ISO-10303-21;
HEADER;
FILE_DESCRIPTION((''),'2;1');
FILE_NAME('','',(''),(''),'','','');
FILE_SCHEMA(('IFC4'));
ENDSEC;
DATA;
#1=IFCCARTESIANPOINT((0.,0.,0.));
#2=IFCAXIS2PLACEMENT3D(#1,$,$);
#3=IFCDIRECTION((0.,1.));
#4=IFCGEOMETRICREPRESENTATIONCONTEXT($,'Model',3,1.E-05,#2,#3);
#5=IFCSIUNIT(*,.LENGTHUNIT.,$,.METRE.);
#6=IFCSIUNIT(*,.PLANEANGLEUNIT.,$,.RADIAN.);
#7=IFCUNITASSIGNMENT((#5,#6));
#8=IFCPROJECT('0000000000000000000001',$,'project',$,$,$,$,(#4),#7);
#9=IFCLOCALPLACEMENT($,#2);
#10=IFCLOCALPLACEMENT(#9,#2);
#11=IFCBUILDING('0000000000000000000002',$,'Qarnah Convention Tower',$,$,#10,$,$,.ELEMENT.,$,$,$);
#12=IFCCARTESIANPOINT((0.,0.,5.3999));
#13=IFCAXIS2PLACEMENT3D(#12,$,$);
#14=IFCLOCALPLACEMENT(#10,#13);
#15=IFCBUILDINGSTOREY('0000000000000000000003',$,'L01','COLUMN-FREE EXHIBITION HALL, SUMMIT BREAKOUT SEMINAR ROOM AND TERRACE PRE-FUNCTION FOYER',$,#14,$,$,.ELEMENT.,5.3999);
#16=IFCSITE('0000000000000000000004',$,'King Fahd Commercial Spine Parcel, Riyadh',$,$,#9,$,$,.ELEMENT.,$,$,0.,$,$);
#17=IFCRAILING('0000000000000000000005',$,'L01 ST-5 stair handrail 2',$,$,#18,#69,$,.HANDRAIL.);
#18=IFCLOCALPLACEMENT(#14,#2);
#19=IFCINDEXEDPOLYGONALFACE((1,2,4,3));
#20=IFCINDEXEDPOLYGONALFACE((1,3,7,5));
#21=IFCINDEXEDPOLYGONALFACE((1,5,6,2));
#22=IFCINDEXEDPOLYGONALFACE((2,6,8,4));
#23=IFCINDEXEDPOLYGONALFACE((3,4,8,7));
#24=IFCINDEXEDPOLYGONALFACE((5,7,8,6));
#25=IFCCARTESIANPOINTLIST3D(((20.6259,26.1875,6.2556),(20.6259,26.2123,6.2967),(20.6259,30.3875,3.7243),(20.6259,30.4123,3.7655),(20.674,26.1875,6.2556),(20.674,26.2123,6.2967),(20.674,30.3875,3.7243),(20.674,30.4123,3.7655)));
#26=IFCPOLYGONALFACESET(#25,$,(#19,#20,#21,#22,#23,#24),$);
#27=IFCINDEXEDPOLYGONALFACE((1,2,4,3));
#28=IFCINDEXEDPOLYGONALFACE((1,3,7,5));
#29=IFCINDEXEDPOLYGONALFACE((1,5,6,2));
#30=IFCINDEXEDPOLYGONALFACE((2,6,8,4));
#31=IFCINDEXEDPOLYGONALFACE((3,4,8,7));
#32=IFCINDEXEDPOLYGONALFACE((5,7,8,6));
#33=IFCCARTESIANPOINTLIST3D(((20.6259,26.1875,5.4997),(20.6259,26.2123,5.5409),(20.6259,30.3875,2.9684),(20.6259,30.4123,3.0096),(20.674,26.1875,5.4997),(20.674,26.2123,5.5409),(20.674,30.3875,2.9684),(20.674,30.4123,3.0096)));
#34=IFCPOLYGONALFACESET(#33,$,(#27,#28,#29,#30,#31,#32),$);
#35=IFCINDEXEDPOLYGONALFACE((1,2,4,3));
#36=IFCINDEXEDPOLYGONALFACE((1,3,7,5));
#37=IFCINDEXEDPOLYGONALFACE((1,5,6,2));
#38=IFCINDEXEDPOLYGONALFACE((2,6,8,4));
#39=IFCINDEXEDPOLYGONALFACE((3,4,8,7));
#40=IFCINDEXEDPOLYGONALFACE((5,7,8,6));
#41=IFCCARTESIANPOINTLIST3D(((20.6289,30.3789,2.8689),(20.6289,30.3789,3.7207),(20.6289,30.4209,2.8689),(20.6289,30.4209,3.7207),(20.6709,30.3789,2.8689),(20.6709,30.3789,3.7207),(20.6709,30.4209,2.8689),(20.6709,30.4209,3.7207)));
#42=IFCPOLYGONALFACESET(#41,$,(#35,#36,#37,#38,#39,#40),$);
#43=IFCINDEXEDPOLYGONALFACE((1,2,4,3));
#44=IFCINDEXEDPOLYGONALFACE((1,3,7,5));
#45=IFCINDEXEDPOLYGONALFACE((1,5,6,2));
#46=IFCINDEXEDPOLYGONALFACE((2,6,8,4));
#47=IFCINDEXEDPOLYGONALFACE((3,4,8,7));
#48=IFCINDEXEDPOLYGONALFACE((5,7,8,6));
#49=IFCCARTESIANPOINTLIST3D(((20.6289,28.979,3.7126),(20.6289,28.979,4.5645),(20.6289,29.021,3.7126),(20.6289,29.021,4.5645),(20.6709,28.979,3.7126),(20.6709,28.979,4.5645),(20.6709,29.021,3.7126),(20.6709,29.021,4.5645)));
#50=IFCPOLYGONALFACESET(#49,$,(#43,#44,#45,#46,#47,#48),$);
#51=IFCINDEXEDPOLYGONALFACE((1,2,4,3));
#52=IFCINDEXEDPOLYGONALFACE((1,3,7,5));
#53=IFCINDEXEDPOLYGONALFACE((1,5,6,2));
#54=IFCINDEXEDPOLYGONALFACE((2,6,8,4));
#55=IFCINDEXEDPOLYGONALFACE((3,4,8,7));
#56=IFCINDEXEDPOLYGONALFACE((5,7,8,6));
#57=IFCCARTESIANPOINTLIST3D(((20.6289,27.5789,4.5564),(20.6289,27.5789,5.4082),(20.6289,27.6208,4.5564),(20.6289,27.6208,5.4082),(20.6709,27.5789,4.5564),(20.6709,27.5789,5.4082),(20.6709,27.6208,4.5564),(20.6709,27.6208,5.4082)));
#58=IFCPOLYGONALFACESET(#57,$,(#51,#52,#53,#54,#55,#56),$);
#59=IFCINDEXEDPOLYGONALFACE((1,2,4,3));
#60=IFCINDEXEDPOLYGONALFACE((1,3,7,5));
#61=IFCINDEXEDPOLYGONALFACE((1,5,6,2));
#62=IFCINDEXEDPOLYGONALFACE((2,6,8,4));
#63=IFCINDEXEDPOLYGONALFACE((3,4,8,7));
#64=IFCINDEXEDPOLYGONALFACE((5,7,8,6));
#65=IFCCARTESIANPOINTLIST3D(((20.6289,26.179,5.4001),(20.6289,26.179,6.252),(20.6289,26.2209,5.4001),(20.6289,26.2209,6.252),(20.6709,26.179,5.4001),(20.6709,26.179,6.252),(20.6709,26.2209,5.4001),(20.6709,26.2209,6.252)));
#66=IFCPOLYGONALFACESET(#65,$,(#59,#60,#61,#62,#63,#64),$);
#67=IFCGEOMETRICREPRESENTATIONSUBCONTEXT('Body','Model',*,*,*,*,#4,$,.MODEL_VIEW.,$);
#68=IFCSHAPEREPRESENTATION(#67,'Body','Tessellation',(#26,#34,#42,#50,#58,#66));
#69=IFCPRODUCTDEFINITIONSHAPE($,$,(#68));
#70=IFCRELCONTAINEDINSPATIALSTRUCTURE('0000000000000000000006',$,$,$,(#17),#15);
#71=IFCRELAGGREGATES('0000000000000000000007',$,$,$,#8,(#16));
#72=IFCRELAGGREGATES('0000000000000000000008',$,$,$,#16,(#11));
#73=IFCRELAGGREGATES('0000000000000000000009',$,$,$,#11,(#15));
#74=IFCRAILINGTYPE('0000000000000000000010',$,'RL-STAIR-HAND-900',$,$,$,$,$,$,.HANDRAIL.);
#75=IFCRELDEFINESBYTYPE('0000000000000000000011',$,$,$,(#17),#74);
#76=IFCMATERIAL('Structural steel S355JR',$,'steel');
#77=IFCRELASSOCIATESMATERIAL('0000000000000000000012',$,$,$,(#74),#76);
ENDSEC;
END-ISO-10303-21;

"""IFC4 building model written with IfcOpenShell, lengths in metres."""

from ifc_helpers import new_model, si_unit, direction, frame, origin, origin_2d, place, context, subcontext, project, spatial, rectangle, extrude, material, type_object, element, save


model = new_model("IFC4")

# Units and contexts
model_context = context("Model", 3, precision=1e-05, world=origin(), true_north=direction((0.0, 1.0)))
body_context = subcontext(model_context, "Body", "Model", "MODEL_VIEW")
ifc_project = project(units=[si_unit("LENGTHUNIT", "METRE"), si_unit("PLANEANGLEUNIT", "RADIAN")], contexts=[model_context])

# Site, building, storey
site_placement = place(None, origin())
site = spatial("IfcSite", under=ifc_project, at=site_placement, Name="King Fahd Commercial Spine Parcel, Riyadh", CompositionType="ELEMENT", RefElevation=0.0)
building_placement = place(site_placement, origin())
building = spatial("IfcBuilding", under=site, at=building_placement, Name="Qarnah Convention Tower", CompositionType="ELEMENT")
storey_placement = place(building_placement, frame((0.0, 0.0, 5.3999)))
storey = spatial("IfcBuildingStorey", under=building, at=storey_placement, Name="L01", Description="COLUMN-FREE EXHIBITION HALL, SUMMIT BREAKOUT SEMINAR ROOM AND TERRACE PRE-FUNCTION FOYER", CompositionType="ELEMENT", Elevation=5.3999)

# Shared definitions
ifc_material_1 = material(Name="Structural steel S355JR", Category="steel")

# Railing
railing_type_1 = type_object("IfcRailingType", Name="RL-STAIR-HAND-900", PredefinedType="HANDRAIL", material=ifc_material_1)
railing_1_placement = place(storey_placement, frame((20.6499, 30.3999, 2.8689)))
element("IfcRailing", 1, at=railing_1_placement, inside=storey, type_object=railing_type_1, Name="L01 ST-5 stair handrail 2", PredefinedType="HANDRAIL", context=body_context, shape_type="SweptSolid", body=[
    extrude(rectangle(XDim=0.0481, YDim=0.0481, at=origin_2d()), frame((0.0, 0.0, 0.876), z_axis=(0.0, -0.856476, 0.516186), x_axis=(1.0, 0.0, 0.0)), (0.0, 0.0, 1.0), 4.9038),
    extrude(rectangle(XDim=0.0481, YDim=0.0481, at=origin_2d()), frame((0.0, 0.0, 0.1201), z_axis=(0.0, -0.856476, 0.516186), x_axis=(1.0, 0.0, 0.0)), (0.0, 0.0, 1.0), 4.9038),
    extrude(rectangle(XDim=0.042, YDim=0.042, at=origin_2d()), origin(), (0.0, 0.0, 1.0), 0.8518),
    extrude(rectangle(XDim=0.042, YDim=0.042, at=origin_2d()), frame((0.0, -1.3999, 0.8438)), (0.0, 0.0, 1.0), 0.8518),
    extrude(rectangle(XDim=0.042, YDim=0.042, at=origin_2d()), frame((0.0, -2.8, 1.6875)), (0.0, 0.0, 1.0), 0.8518),
    extrude(rectangle(XDim=0.042, YDim=0.042, at=origin_2d()), frame((0.0, -4.2, 2.5312)), (0.0, 0.0, 1.0), 0.8518),
])

save(model, "model.ifc")
